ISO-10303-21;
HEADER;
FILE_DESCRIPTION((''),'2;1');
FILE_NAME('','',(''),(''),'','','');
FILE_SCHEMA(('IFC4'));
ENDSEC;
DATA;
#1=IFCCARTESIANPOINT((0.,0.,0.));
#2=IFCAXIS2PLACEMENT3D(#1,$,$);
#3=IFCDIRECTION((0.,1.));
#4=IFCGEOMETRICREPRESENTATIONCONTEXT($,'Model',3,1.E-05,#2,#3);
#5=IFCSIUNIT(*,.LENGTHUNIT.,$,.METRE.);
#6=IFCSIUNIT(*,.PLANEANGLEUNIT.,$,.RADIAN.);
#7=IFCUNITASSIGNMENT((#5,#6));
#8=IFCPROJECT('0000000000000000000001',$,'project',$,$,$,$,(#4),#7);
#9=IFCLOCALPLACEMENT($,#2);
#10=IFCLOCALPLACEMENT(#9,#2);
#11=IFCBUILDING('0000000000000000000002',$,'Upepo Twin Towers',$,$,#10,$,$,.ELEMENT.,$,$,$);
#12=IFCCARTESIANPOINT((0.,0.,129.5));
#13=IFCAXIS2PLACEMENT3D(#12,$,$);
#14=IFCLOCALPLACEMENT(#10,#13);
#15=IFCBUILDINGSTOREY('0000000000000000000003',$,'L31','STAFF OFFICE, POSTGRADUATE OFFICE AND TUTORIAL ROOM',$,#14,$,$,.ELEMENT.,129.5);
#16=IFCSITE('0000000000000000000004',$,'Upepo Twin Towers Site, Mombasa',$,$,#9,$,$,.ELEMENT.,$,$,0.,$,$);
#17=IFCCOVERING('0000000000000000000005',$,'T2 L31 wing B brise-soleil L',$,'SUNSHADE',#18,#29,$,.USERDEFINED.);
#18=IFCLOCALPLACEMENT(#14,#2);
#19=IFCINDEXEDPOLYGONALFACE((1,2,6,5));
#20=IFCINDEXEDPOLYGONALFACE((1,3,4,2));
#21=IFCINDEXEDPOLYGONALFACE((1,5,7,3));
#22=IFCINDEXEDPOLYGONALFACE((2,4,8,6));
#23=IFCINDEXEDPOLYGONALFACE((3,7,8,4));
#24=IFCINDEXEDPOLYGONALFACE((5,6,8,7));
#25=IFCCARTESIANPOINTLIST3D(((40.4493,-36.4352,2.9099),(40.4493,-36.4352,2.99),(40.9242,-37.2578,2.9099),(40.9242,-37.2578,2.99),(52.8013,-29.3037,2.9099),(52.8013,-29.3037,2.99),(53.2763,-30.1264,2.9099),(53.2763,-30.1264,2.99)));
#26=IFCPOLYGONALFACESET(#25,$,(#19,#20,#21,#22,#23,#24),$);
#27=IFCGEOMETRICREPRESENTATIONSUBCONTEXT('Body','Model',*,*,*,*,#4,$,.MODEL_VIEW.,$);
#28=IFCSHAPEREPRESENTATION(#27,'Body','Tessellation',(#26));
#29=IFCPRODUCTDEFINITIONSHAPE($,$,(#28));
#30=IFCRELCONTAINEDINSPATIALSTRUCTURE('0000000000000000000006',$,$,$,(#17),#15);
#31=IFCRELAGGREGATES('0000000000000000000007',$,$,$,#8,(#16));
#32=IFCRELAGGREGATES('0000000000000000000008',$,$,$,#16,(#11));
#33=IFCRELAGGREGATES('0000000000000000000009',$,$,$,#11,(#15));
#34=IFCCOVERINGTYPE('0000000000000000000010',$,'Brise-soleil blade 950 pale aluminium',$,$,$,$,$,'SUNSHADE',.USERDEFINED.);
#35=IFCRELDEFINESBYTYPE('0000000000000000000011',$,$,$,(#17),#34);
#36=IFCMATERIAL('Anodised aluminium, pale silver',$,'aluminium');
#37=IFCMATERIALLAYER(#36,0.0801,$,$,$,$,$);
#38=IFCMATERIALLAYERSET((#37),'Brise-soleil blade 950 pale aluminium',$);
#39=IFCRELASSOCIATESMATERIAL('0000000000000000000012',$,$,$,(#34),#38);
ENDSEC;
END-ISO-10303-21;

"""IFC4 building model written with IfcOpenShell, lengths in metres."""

from ifc_helpers import new_model, si_unit, direction, frame, origin, origin_2d, place, context, subcontext, project, spatial, rectangle, extrude, material, layer, layer_set, type_object, element, save


model = new_model("IFC4")

# Units and contexts
model_context = context("Model", 3, precision=1e-05, world=origin(), true_north=direction((0.0, 1.0)))
body_context = subcontext(model_context, "Body", "Model", "MODEL_VIEW")
ifc_project = project(units=[si_unit("LENGTHUNIT", "METRE"), si_unit("PLANEANGLEUNIT", "RADIAN")], contexts=[model_context])

# Site, building, storey
site_placement = place(None, origin())
site = spatial("IfcSite", under=ifc_project, at=site_placement, Name="Upepo Twin Towers Site, Mombasa", CompositionType="ELEMENT", RefElevation=0.0)
building_placement = place(site_placement, origin())
building = spatial("IfcBuilding", under=site, at=building_placement, Name="Upepo Twin Towers", CompositionType="ELEMENT")
storey_placement = place(building_placement, frame((0.0, 0.0, 129.5)))
storey = spatial("IfcBuildingStorey", under=building, at=storey_placement, Name="L31", Description="STAFF OFFICE, POSTGRADUATE OFFICE AND TUTORIAL ROOM", CompositionType="ELEMENT", Elevation=129.5)

# Covering
ifc_material_1 = material(Name="Anodised aluminium, pale silver", Category="aluminium")
ifc_layer_1 = layer(ifc_material_1, 0.0801)
ifc_layer_set_1 = layer_set([ifc_layer_1], Name="Brise-soleil blade 950 pale aluminium")
covering_type = type_object("IfcCoveringType", Name="Brise-soleil blade 950 pale aluminium", ElementType="SUNSHADE", PredefinedType="USERDEFINED", material=ifc_layer_set_1)
covering_placement = place(storey_placement, frame((46.8628, -33.2808, 2.9099), z_axis=(0.0, 0.0, 1.0), x_axis=(-0.866025, -0.5, 0.0)))
element("IfcCovering", 1, at=covering_placement, inside=storey, type_object=covering_type, Name="T2 L31 wing B brise-soleil L", ObjectType="SUNSHADE", PredefinedType="USERDEFINED", context=body_context, shape_type="SweptSolid", body=[
    extrude(rectangle(XDim=14.2629, YDim=0.95, at=origin_2d()), origin(), (0.0, 0.0, 1.0), 0.0801),
])

save(model, "model.ifc")
